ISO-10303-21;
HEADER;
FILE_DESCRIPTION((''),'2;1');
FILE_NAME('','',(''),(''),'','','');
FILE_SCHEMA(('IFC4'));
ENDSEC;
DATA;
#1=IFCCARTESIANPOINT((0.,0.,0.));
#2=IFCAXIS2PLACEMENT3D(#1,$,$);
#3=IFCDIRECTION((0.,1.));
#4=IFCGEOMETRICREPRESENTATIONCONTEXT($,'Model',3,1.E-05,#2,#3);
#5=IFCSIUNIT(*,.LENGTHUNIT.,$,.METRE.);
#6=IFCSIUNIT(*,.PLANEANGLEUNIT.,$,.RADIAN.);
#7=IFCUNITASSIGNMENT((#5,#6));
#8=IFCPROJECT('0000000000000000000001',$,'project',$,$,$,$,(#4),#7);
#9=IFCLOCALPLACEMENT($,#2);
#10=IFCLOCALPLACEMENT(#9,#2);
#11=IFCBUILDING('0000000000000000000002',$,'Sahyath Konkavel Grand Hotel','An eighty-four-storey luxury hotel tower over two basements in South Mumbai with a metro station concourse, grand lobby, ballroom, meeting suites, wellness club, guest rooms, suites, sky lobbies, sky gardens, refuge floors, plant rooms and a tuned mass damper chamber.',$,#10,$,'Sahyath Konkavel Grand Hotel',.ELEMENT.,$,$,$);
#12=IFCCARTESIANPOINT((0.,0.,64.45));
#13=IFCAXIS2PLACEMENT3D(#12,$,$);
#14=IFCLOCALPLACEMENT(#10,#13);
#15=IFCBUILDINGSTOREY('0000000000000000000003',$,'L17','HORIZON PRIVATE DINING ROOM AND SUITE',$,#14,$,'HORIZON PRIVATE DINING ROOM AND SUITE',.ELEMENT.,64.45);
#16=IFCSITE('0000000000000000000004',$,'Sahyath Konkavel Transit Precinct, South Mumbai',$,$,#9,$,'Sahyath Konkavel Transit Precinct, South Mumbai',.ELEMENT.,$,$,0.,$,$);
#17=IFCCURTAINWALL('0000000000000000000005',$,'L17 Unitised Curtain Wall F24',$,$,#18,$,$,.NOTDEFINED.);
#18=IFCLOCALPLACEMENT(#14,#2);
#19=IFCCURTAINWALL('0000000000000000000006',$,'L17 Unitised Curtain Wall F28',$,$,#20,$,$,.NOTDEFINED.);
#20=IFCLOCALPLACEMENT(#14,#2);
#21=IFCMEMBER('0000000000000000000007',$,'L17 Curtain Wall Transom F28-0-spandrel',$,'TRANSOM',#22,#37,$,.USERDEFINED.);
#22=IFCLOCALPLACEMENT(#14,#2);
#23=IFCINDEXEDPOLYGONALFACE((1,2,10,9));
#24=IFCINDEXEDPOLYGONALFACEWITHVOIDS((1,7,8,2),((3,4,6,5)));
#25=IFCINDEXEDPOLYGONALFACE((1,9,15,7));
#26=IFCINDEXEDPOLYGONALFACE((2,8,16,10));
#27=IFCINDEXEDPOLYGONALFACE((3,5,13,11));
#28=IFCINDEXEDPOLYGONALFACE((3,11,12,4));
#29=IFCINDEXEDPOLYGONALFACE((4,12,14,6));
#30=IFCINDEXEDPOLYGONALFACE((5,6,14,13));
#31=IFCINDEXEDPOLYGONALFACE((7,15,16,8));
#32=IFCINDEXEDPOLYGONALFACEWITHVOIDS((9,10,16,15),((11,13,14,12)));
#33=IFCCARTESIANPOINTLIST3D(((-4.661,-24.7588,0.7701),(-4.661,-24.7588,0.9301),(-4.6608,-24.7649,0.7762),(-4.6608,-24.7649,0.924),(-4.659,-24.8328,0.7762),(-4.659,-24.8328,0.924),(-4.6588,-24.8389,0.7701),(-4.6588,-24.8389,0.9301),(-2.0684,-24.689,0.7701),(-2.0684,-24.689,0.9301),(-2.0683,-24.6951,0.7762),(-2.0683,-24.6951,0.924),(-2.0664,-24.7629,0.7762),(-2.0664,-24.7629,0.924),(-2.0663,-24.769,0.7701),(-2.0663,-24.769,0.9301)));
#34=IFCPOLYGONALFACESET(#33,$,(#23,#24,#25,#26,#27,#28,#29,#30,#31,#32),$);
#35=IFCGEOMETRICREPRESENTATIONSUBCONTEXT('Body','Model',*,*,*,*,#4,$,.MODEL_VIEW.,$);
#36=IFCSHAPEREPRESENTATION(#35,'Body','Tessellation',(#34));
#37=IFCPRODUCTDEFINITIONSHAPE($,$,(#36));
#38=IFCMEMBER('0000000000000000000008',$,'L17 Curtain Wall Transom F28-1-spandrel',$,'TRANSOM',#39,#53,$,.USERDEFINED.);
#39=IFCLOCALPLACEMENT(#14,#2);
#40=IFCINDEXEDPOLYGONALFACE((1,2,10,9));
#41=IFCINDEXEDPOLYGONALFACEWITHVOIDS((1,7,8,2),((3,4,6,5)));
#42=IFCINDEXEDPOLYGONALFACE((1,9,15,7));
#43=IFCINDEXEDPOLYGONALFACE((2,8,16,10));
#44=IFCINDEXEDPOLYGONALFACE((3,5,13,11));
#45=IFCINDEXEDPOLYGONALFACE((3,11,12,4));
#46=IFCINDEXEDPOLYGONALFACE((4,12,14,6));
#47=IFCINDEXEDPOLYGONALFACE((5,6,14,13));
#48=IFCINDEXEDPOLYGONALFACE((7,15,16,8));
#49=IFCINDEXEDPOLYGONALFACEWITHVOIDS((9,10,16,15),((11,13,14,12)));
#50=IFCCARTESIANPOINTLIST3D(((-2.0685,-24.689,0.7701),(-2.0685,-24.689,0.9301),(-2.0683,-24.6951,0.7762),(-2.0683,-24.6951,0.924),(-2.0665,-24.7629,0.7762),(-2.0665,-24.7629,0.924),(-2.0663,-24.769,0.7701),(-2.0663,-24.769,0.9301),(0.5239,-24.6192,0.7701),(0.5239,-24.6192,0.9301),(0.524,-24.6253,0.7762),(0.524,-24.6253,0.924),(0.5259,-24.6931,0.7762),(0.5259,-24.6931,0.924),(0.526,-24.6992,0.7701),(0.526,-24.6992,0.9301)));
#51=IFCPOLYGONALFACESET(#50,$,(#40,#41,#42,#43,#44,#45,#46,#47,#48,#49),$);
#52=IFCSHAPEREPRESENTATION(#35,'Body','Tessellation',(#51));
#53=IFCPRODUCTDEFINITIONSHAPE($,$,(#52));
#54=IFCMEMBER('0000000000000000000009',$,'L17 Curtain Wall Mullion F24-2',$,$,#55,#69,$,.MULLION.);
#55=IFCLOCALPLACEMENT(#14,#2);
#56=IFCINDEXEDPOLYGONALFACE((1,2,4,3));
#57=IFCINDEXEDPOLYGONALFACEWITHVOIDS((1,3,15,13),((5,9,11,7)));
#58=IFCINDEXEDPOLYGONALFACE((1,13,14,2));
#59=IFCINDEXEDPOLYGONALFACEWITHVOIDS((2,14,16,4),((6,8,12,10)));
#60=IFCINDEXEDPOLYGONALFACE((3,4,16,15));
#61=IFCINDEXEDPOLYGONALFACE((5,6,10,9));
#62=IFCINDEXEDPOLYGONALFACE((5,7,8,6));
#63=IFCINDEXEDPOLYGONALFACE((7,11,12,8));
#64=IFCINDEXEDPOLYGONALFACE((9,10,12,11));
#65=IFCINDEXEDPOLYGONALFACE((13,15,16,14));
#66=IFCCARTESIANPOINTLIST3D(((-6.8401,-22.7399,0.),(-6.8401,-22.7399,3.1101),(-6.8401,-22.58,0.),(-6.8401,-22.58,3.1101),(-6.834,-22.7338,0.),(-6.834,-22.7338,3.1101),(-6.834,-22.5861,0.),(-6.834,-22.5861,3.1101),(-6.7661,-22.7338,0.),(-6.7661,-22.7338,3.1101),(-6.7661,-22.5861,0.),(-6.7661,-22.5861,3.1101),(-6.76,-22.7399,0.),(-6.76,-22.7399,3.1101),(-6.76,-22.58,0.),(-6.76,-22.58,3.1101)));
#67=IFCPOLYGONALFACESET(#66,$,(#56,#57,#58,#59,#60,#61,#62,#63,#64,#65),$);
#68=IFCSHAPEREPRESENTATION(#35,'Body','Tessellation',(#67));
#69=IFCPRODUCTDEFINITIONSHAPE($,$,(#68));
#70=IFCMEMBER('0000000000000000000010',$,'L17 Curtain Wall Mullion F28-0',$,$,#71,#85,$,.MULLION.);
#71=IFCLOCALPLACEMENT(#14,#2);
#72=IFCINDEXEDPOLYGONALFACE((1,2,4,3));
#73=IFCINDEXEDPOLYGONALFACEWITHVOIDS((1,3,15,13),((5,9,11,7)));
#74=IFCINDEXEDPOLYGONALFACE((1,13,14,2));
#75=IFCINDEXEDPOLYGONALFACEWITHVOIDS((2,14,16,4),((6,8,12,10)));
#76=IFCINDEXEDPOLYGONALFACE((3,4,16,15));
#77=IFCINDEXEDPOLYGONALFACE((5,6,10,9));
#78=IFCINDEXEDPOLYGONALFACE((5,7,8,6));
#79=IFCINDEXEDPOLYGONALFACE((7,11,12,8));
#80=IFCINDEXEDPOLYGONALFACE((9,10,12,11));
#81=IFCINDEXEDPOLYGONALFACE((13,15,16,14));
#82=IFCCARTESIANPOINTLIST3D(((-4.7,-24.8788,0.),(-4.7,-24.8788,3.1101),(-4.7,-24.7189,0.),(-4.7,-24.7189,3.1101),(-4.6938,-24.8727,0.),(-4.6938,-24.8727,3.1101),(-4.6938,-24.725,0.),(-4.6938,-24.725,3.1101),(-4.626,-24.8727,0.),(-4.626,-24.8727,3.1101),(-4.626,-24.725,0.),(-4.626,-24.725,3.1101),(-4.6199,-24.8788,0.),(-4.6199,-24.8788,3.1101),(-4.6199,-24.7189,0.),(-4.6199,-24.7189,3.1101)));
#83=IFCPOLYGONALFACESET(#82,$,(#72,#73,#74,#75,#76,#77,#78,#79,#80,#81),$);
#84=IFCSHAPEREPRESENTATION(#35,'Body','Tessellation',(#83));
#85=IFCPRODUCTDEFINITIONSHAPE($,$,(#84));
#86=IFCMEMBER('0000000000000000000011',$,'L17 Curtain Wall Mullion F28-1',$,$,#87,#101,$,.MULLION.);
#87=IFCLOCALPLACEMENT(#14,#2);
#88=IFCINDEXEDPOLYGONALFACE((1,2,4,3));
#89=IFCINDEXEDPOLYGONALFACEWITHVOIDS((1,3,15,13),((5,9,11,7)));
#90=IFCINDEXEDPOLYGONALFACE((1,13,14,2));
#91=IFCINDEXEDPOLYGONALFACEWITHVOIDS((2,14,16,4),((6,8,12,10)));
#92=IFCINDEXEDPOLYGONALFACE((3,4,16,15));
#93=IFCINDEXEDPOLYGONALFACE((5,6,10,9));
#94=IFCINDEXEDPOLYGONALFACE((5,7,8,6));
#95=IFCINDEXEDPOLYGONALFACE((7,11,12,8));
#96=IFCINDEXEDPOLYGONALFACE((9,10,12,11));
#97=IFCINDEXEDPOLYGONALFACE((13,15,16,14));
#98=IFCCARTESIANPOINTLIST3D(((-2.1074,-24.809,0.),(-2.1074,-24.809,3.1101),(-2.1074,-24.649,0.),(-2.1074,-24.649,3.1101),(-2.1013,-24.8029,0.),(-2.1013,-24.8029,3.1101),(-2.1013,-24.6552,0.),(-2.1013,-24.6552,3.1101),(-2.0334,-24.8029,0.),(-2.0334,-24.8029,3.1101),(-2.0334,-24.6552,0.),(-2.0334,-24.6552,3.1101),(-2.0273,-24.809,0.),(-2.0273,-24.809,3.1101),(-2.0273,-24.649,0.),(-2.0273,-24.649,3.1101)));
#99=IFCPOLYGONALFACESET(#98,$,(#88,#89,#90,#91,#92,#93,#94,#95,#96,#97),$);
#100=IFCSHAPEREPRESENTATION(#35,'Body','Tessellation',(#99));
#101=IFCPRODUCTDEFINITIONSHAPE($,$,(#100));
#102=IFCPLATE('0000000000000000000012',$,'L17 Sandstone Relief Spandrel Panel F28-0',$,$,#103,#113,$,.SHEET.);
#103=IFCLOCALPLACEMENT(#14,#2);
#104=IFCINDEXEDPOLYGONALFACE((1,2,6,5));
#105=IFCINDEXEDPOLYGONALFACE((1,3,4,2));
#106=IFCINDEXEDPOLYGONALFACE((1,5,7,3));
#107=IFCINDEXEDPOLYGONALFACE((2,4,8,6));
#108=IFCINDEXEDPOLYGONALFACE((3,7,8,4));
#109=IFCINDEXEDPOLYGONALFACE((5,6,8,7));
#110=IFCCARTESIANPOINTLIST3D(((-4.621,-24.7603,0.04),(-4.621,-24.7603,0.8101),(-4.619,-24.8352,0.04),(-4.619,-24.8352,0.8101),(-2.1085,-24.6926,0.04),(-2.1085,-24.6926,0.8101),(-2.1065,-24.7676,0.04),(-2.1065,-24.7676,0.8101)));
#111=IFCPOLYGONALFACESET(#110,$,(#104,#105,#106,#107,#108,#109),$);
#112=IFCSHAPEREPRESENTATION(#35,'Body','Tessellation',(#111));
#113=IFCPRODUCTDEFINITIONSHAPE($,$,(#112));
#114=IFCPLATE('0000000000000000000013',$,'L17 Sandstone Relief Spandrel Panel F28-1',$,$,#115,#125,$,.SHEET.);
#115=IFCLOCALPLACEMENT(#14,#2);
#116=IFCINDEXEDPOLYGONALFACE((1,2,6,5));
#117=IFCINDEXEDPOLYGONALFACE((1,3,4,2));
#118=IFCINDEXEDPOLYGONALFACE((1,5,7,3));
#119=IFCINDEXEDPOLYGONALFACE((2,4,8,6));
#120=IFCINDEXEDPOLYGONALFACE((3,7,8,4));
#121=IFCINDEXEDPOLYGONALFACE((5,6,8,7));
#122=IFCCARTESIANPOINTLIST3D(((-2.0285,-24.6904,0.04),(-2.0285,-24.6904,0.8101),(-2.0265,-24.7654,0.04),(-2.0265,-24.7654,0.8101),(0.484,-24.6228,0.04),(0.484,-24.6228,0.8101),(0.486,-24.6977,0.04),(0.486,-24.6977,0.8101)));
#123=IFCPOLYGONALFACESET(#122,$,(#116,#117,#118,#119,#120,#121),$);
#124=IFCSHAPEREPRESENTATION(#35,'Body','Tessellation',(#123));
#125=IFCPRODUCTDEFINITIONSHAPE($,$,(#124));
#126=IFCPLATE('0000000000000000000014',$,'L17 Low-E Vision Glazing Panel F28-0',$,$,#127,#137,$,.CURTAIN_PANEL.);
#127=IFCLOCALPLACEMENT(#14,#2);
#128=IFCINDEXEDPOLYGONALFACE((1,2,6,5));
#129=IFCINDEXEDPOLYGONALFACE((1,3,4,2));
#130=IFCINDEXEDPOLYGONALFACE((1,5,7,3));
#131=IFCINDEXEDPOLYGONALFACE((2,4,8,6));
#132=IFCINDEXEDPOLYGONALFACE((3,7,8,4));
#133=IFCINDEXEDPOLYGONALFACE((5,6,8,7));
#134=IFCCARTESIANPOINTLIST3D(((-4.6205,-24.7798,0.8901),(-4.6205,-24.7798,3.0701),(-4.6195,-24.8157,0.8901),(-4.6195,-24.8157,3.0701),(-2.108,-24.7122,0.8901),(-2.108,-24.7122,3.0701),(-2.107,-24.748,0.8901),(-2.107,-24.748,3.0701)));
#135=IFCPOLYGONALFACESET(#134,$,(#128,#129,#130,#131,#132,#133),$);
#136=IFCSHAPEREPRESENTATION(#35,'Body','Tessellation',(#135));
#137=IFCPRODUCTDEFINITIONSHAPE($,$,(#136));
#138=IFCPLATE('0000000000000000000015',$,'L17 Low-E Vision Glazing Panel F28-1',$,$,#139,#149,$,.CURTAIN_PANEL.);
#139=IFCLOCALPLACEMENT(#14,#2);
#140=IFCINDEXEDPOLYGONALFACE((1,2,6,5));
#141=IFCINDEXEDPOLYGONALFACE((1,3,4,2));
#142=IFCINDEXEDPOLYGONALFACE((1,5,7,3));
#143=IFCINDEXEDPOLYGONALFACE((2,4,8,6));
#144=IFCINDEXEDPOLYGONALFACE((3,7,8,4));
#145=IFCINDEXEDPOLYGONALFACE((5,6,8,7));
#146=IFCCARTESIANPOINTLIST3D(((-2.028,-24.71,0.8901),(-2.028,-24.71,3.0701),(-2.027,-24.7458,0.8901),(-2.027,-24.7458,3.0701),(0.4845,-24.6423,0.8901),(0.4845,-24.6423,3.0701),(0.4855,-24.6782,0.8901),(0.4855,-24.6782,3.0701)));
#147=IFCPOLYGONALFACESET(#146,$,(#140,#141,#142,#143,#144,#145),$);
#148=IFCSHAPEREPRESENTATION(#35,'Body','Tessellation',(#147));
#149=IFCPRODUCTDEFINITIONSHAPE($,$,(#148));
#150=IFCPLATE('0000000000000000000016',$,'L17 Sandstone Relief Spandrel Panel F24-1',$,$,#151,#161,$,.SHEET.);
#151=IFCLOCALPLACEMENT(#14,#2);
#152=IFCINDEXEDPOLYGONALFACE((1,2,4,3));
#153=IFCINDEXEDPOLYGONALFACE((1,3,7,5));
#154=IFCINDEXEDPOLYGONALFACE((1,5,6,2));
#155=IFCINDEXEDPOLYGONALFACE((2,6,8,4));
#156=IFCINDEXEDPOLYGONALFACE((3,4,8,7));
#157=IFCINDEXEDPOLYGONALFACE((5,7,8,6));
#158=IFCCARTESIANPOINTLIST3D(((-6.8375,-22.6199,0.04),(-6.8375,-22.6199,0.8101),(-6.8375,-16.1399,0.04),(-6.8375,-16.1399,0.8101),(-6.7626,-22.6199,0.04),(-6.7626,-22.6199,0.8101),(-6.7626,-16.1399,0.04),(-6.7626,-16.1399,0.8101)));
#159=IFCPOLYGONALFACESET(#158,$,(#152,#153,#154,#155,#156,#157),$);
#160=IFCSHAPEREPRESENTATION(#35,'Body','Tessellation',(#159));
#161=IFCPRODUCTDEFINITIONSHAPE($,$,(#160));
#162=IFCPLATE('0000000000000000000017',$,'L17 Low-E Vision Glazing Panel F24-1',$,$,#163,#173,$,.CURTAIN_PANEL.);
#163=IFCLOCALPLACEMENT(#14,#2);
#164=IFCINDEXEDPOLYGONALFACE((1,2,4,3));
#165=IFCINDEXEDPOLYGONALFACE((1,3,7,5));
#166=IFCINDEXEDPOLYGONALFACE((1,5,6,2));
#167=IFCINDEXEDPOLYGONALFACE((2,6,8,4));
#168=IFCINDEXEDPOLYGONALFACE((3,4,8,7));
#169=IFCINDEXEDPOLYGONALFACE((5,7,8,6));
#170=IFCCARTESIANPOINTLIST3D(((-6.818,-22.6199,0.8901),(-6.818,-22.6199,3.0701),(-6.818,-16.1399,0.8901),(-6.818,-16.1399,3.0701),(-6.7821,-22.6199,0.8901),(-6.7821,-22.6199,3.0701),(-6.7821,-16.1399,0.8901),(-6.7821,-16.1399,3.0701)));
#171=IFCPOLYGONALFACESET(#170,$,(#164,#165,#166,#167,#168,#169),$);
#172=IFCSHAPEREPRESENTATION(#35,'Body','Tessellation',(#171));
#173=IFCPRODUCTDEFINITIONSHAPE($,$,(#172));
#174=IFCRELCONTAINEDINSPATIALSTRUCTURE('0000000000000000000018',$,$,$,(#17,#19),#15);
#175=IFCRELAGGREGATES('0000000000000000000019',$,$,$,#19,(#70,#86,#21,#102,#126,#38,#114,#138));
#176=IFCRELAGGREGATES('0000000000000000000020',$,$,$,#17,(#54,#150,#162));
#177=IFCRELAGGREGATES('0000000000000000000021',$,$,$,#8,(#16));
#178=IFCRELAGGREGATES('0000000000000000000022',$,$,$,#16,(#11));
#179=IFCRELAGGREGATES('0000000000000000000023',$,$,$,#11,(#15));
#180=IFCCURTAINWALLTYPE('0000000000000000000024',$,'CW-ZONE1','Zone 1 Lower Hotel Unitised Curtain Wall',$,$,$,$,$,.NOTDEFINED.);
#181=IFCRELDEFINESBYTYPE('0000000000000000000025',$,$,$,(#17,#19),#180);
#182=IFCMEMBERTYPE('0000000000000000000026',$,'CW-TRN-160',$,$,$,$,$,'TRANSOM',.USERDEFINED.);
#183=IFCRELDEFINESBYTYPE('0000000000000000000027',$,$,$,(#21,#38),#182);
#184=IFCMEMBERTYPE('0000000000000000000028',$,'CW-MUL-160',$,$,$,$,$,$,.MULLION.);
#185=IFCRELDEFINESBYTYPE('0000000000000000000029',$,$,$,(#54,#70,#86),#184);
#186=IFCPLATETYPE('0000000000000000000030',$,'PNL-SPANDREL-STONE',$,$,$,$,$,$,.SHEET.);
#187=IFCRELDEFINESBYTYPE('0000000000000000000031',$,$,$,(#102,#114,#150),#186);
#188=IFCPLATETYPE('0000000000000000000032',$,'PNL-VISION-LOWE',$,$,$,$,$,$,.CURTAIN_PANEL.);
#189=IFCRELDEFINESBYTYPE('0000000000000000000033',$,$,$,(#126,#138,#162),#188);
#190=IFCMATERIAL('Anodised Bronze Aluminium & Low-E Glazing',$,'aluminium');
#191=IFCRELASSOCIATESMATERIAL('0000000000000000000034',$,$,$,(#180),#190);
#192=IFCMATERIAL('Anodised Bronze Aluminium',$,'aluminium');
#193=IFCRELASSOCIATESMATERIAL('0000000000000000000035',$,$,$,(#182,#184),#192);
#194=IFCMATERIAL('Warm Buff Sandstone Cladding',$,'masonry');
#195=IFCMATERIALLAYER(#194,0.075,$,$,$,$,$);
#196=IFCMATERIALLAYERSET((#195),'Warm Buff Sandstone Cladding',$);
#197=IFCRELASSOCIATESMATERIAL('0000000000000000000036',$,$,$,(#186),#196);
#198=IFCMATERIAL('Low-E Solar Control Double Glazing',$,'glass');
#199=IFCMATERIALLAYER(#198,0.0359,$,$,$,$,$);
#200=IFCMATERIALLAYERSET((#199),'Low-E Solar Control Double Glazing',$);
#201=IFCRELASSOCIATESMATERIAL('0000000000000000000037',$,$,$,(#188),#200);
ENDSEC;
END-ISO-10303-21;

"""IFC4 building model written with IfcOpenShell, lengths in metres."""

from ifc_helpers import new_model, si_unit, direction, frame, origin, origin_2d, place, context, subcontext, project, spatial, rectangle, hollow_rectangle, extrude, source, transform, mapped, material, layer, layer_set, material_profile, profile_set, type_object, element, aggregate, save


model = new_model("IFC4")

# Units and contexts
model_context = context("Model", 3, precision=1e-05, world=origin(), true_north=direction((0.0, 1.0)))
body_context = subcontext(model_context, "Body", "Model", "MODEL_VIEW")
ifc_project = project(units=[si_unit("LENGTHUNIT", "METRE"), si_unit("PLANEANGLEUNIT", "RADIAN")], contexts=[model_context])

# Site, building, storey
site_placement = place(None, origin())
site = spatial("IfcSite", under=ifc_project, at=site_placement, Name="Sahyath Konkavel Transit Precinct, South Mumbai", LongName="Sahyath Konkavel Transit Precinct, South Mumbai", CompositionType="ELEMENT", RefElevation=0.0)
building_placement = place(site_placement, origin())
building = spatial("IfcBuilding", under=site, at=building_placement, Name="Sahyath Konkavel Grand Hotel", Description="An eighty-four-storey luxury hotel tower over two basements in South Mumbai with a metro station concourse, grand lobby, ballroom, meeting suites, wellness club, guest rooms, suites, sky lobbies, sky gardens, refuge floors, plant rooms and a tuned mass damper chamber.", LongName="Sahyath Konkavel Grand Hotel", CompositionType="ELEMENT")
storey_placement = place(building_placement, frame((0.0, 0.0, 64.45)))
storey = spatial("IfcBuildingStorey", under=building, at=storey_placement, Name="L17", Description="HORIZON PRIVATE DINING ROOM AND SUITE", LongName="HORIZON PRIVATE DINING ROOM AND SUITE", CompositionType="ELEMENT", Elevation=64.45)

# Curtain wall
ifc_material_1 = material(Name="Anodised Bronze Aluminium & Low-E Glazing", Category="aluminium")
curtain_wall_type = type_object("IfcCurtainWallType", Name="CW-ZONE1", Description="Zone 1 Lower Hotel Unitised Curtain Wall", PredefinedType="NOTDEFINED", material=ifc_material_1)
curtain_wall_1_placement = place(storey_placement, origin())
curtain_wall_1 = element("IfcCurtainWall", 1, at=curtain_wall_1_placement, inside=storey, type_object=curtain_wall_type, Name="L17 Unitised Curtain Wall F24", PredefinedType="NOTDEFINED")

# Curtain wall, members
curtain_wall_2_placement = place(storey_placement, origin())
curtain_wall_2 = element("IfcCurtainWall", 2, at=curtain_wall_2_placement, inside=storey, type_object=curtain_wall_type, Name="L17 Unitised Curtain Wall F28", PredefinedType="NOTDEFINED")
ifc_material_2 = material(Name="Anodised Bronze Aluminium", Category="aluminium")
ifc_material_profile_1 = material_profile(ifc_material_2, hollow_rectangle(XDim=0.0801, YDim=0.1599, WallThickness=0.0061, at=origin_2d()), Name="RHS 160x80x6")
ifc_profile_set_1 = profile_set([ifc_material_profile_1], Name="Anodised Bronze Aluminium")
member_type_1 = type_object("IfcMemberType", Name="CW-TRN-160", ElementType="TRANSOM", PredefinedType="USERDEFINED", material=ifc_profile_set_1)
shared_shape_1 = source(origin(), body_context, "Body", "SweptSolid", [
    extrude(hollow_rectangle(XDim=0.0801, YDim=0.1599, WallThickness=0.0061, at=origin_2d()), origin(), (0.0, 0.0, 1.0), 2.5935),
])
member_1_placement = place(storey_placement, frame((-4.6599, -24.7988, 0.8501), z_axis=(0.999638, 0.026923, 0.0), x_axis=(-0.026923, 0.999638, 0.0)))
member_1 = element("IfcMember", 3, at=member_1_placement, type_object=member_type_1, Name="L17 Curtain Wall Transom F28-0-spandrel", ObjectType="TRANSOM", PredefinedType="USERDEFINED", context=body_context, shape_type="MappedRepresentation", body=[
    mapped(shared_shape_1, transform((0.0, 0.0, 0.0), scale=1.0)),
])
shared_shape_2 = source(origin(), body_context, "Body", "SweptSolid", [
    extrude(hollow_rectangle(XDim=0.0801, YDim=0.1599, WallThickness=0.0061, at=origin_2d()), origin(), (0.0, 0.0, 1.0), 2.5933),
])
member_2_placement = place(storey_placement, frame((-2.0674, -24.729, 0.8501), z_axis=(0.999637, 0.026926, 0.0), x_axis=(-0.026926, 0.999637, 0.0)))
member_2 = element("IfcMember", 4, at=member_2_placement, type_object=member_type_1, Name="L17 Curtain Wall Transom F28-1-spandrel", ObjectType="TRANSOM", PredefinedType="USERDEFINED", context=body_context, shape_type="MappedRepresentation", body=[
    mapped(shared_shape_2, transform((0.0, 0.0, 0.0), scale=1.0)),
])

# Members
ifc_material_profile_2 = material_profile(ifc_material_2, hollow_rectangle(XDim=0.0801, YDim=0.1599, WallThickness=0.0061, at=origin_2d()), Name="RHS 160x80x6")
ifc_profile_set_2 = profile_set([ifc_material_profile_2], Name="Anodised Bronze Aluminium")
member_type_2 = type_object("IfcMemberType", Name="CW-MUL-160", PredefinedType="MULLION", material=ifc_profile_set_2)
shared_shape_3 = source(origin(), body_context, "Body", "SweptSolid", [
    extrude(hollow_rectangle(XDim=0.0801, YDim=0.1599, WallThickness=0.0061, at=origin_2d()), origin(), (0.0, 0.0, 1.0), 3.1101),
])
member_3_placement = place(storey_placement, frame((-6.8, -22.6599, 0.0), z_axis=(0.0, 0.0, 1.0), x_axis=(1.0, 0.0, 0.0)))
member_3 = element("IfcMember", 5, at=member_3_placement, type_object=member_type_2, Name="L17 Curtain Wall Mullion F24-2", PredefinedType="MULLION", context=body_context, shape_type="MappedRepresentation", body=[
    mapped(shared_shape_3, transform((0.0, 0.0, 0.0), scale=1.0)),
])
member_4_placement = place(storey_placement, frame((-4.6599, -24.7988, 0.0), z_axis=(0.0, 0.0, 1.0), x_axis=(1.0, 0.0, 0.0)))
member_4 = element("IfcMember", 6, at=member_4_placement, type_object=member_type_2, Name="L17 Curtain Wall Mullion F28-0", PredefinedType="MULLION", context=body_context, shape_type="MappedRepresentation", body=[
    mapped(shared_shape_3, transform((0.0, 0.0, 0.0), scale=1.0)),
])
member_5_placement = place(storey_placement, frame((-2.0674, -24.729, 0.0), z_axis=(0.0, 0.0, 1.0), x_axis=(1.0, 0.0, 0.0)))
member_5 = element("IfcMember", 7, at=member_5_placement, type_object=member_type_2, Name="L17 Curtain Wall Mullion F28-1", PredefinedType="MULLION", context=body_context, shape_type="MappedRepresentation", body=[
    mapped(shared_shape_3, transform((0.0, 0.0, 0.0), scale=1.0)),
])

# Plates
ifc_material_3 = material(Name="Warm Buff Sandstone Cladding", Category="masonry")
ifc_layer_1 = layer(ifc_material_3, 0.075)
ifc_layer_set_1 = layer_set([ifc_layer_1], Name="Warm Buff Sandstone Cladding")
plate_type_1 = type_object("IfcPlateType", Name="PNL-SPANDREL-STONE", PredefinedType="SHEET", material=ifc_layer_set_1)
shared_shape_4 = source(origin(), body_context, "Body", "SweptSolid", [
    extrude(rectangle(XDim=2.5134, YDim=0.075, at=origin_2d()), origin(), (0.0, 0.0, 1.0), 0.77),
])
plate_1_placement = place(storey_placement, frame((-3.3638, -24.7639, 0.04), z_axis=(0.0, 0.0, 1.0), x_axis=(0.999638, 0.02691, 0.0)))
plate_1 = element("IfcPlate", 8, at=plate_1_placement, type_object=plate_type_1, Name="L17 Sandstone Relief Spandrel Panel F28-0", PredefinedType="SHEET", context=body_context, shape_type="MappedRepresentation", body=[
    mapped(shared_shape_4, transform((0.0, 0.0, 0.0), scale=1.0)),
])
plate_2_placement = place(storey_placement, frame((-0.7712, -24.6941, 0.04), z_axis=(0.0, 0.0, 1.0), x_axis=(0.999638, 0.02691, 0.0)))
plate_2 = element("IfcPlate", 9, at=plate_2_placement, type_object=plate_type_1, Name="L17 Sandstone Relief Spandrel Panel F28-1", PredefinedType="SHEET", context=body_context, shape_type="MappedRepresentation", body=[
    mapped(shared_shape_4, transform((0.0, 0.0, 0.0), scale=1.0)),
])
ifc_material_4 = material(Name="Low-E Solar Control Double Glazing", Category="glass")
ifc_layer_2 = layer(ifc_material_4, 0.0359)
ifc_layer_set_2 = layer_set([ifc_layer_2], Name="Low-E Solar Control Double Glazing")
plate_type_2 = type_object("IfcPlateType", Name="PNL-VISION-LOWE", PredefinedType="CURTAIN_PANEL", material=ifc_layer_set_2)
shared_shape_5 = source(origin(), body_context, "Body", "SweptSolid", [
    extrude(rectangle(XDim=2.5134, YDim=0.0359, at=origin_2d()), origin(), (0.0, 0.0, 1.0), 2.1799),
])
plate_3_placement = place(storey_placement, frame((-3.3638, -24.7639, 0.8901), z_axis=(0.0, 0.0, 1.0), x_axis=(0.999638, 0.02691, 0.0)))
plate_3 = element("IfcPlate", 10, at=plate_3_placement, type_object=plate_type_2, Name="L17 Low-E Vision Glazing Panel F28-0", PredefinedType="CURTAIN_PANEL", context=body_context, shape_type="MappedRepresentation", body=[
    mapped(shared_shape_5, transform((0.0, 0.0, 0.0), scale=1.0)),
])
plate_4_placement = place(storey_placement, frame((-0.7712, -24.6941, 0.8901), z_axis=(0.0, 0.0, 1.0), x_axis=(0.999638, 0.02691, 0.0)))
plate_4 = element("IfcPlate", 11, at=plate_4_placement, type_object=plate_type_2, Name="L17 Low-E Vision Glazing Panel F28-1", PredefinedType="CURTAIN_PANEL", context=body_context, shape_type="MappedRepresentation", body=[
    mapped(shared_shape_5, transform((0.0, 0.0, 0.0), scale=1.0)),
])
aggregate(curtain_wall_2, [member_4, member_5, member_1, plate_1, plate_3, member_2, plate_2, plate_4])
shared_shape_6 = source(origin(), body_context, "Body", "SweptSolid", [
    extrude(rectangle(XDim=6.48, YDim=0.075, at=origin_2d()), origin(), (0.0, 0.0, 1.0), 0.77),
])
plate_5_placement = place(storey_placement, frame((-6.8, -19.3799, 0.04), z_axis=(0.0, 0.0, 1.0), x_axis=(0.0, -1.0, 0.0)))
plate_5 = element("IfcPlate", 12, at=plate_5_placement, type_object=plate_type_1, Name="L17 Sandstone Relief Spandrel Panel F24-1", PredefinedType="SHEET", context=body_context, shape_type="MappedRepresentation", body=[
    mapped(shared_shape_6, transform((0.0, 0.0, 0.0), scale=1.0)),
])
shared_shape_7 = source(origin(), body_context, "Body", "SweptSolid", [
    extrude(rectangle(XDim=6.48, YDim=0.0359, at=origin_2d()), origin(), (0.0, 0.0, 1.0), 2.1799),
])
plate_6_placement = place(storey_placement, frame((-6.8, -19.3799, 0.8901), z_axis=(0.0, 0.0, 1.0), x_axis=(0.0, -1.0, 0.0)))
plate_6 = element("IfcPlate", 13, at=plate_6_placement, type_object=plate_type_2, Name="L17 Low-E Vision Glazing Panel F24-1", PredefinedType="CURTAIN_PANEL", context=body_context, shape_type="MappedRepresentation", body=[
    mapped(shared_shape_7, transform((0.0, 0.0, 0.0), scale=1.0)),
])
aggregate(curtain_wall_1, [member_3, plate_5, plate_6])

save(model, "model.ifc")
